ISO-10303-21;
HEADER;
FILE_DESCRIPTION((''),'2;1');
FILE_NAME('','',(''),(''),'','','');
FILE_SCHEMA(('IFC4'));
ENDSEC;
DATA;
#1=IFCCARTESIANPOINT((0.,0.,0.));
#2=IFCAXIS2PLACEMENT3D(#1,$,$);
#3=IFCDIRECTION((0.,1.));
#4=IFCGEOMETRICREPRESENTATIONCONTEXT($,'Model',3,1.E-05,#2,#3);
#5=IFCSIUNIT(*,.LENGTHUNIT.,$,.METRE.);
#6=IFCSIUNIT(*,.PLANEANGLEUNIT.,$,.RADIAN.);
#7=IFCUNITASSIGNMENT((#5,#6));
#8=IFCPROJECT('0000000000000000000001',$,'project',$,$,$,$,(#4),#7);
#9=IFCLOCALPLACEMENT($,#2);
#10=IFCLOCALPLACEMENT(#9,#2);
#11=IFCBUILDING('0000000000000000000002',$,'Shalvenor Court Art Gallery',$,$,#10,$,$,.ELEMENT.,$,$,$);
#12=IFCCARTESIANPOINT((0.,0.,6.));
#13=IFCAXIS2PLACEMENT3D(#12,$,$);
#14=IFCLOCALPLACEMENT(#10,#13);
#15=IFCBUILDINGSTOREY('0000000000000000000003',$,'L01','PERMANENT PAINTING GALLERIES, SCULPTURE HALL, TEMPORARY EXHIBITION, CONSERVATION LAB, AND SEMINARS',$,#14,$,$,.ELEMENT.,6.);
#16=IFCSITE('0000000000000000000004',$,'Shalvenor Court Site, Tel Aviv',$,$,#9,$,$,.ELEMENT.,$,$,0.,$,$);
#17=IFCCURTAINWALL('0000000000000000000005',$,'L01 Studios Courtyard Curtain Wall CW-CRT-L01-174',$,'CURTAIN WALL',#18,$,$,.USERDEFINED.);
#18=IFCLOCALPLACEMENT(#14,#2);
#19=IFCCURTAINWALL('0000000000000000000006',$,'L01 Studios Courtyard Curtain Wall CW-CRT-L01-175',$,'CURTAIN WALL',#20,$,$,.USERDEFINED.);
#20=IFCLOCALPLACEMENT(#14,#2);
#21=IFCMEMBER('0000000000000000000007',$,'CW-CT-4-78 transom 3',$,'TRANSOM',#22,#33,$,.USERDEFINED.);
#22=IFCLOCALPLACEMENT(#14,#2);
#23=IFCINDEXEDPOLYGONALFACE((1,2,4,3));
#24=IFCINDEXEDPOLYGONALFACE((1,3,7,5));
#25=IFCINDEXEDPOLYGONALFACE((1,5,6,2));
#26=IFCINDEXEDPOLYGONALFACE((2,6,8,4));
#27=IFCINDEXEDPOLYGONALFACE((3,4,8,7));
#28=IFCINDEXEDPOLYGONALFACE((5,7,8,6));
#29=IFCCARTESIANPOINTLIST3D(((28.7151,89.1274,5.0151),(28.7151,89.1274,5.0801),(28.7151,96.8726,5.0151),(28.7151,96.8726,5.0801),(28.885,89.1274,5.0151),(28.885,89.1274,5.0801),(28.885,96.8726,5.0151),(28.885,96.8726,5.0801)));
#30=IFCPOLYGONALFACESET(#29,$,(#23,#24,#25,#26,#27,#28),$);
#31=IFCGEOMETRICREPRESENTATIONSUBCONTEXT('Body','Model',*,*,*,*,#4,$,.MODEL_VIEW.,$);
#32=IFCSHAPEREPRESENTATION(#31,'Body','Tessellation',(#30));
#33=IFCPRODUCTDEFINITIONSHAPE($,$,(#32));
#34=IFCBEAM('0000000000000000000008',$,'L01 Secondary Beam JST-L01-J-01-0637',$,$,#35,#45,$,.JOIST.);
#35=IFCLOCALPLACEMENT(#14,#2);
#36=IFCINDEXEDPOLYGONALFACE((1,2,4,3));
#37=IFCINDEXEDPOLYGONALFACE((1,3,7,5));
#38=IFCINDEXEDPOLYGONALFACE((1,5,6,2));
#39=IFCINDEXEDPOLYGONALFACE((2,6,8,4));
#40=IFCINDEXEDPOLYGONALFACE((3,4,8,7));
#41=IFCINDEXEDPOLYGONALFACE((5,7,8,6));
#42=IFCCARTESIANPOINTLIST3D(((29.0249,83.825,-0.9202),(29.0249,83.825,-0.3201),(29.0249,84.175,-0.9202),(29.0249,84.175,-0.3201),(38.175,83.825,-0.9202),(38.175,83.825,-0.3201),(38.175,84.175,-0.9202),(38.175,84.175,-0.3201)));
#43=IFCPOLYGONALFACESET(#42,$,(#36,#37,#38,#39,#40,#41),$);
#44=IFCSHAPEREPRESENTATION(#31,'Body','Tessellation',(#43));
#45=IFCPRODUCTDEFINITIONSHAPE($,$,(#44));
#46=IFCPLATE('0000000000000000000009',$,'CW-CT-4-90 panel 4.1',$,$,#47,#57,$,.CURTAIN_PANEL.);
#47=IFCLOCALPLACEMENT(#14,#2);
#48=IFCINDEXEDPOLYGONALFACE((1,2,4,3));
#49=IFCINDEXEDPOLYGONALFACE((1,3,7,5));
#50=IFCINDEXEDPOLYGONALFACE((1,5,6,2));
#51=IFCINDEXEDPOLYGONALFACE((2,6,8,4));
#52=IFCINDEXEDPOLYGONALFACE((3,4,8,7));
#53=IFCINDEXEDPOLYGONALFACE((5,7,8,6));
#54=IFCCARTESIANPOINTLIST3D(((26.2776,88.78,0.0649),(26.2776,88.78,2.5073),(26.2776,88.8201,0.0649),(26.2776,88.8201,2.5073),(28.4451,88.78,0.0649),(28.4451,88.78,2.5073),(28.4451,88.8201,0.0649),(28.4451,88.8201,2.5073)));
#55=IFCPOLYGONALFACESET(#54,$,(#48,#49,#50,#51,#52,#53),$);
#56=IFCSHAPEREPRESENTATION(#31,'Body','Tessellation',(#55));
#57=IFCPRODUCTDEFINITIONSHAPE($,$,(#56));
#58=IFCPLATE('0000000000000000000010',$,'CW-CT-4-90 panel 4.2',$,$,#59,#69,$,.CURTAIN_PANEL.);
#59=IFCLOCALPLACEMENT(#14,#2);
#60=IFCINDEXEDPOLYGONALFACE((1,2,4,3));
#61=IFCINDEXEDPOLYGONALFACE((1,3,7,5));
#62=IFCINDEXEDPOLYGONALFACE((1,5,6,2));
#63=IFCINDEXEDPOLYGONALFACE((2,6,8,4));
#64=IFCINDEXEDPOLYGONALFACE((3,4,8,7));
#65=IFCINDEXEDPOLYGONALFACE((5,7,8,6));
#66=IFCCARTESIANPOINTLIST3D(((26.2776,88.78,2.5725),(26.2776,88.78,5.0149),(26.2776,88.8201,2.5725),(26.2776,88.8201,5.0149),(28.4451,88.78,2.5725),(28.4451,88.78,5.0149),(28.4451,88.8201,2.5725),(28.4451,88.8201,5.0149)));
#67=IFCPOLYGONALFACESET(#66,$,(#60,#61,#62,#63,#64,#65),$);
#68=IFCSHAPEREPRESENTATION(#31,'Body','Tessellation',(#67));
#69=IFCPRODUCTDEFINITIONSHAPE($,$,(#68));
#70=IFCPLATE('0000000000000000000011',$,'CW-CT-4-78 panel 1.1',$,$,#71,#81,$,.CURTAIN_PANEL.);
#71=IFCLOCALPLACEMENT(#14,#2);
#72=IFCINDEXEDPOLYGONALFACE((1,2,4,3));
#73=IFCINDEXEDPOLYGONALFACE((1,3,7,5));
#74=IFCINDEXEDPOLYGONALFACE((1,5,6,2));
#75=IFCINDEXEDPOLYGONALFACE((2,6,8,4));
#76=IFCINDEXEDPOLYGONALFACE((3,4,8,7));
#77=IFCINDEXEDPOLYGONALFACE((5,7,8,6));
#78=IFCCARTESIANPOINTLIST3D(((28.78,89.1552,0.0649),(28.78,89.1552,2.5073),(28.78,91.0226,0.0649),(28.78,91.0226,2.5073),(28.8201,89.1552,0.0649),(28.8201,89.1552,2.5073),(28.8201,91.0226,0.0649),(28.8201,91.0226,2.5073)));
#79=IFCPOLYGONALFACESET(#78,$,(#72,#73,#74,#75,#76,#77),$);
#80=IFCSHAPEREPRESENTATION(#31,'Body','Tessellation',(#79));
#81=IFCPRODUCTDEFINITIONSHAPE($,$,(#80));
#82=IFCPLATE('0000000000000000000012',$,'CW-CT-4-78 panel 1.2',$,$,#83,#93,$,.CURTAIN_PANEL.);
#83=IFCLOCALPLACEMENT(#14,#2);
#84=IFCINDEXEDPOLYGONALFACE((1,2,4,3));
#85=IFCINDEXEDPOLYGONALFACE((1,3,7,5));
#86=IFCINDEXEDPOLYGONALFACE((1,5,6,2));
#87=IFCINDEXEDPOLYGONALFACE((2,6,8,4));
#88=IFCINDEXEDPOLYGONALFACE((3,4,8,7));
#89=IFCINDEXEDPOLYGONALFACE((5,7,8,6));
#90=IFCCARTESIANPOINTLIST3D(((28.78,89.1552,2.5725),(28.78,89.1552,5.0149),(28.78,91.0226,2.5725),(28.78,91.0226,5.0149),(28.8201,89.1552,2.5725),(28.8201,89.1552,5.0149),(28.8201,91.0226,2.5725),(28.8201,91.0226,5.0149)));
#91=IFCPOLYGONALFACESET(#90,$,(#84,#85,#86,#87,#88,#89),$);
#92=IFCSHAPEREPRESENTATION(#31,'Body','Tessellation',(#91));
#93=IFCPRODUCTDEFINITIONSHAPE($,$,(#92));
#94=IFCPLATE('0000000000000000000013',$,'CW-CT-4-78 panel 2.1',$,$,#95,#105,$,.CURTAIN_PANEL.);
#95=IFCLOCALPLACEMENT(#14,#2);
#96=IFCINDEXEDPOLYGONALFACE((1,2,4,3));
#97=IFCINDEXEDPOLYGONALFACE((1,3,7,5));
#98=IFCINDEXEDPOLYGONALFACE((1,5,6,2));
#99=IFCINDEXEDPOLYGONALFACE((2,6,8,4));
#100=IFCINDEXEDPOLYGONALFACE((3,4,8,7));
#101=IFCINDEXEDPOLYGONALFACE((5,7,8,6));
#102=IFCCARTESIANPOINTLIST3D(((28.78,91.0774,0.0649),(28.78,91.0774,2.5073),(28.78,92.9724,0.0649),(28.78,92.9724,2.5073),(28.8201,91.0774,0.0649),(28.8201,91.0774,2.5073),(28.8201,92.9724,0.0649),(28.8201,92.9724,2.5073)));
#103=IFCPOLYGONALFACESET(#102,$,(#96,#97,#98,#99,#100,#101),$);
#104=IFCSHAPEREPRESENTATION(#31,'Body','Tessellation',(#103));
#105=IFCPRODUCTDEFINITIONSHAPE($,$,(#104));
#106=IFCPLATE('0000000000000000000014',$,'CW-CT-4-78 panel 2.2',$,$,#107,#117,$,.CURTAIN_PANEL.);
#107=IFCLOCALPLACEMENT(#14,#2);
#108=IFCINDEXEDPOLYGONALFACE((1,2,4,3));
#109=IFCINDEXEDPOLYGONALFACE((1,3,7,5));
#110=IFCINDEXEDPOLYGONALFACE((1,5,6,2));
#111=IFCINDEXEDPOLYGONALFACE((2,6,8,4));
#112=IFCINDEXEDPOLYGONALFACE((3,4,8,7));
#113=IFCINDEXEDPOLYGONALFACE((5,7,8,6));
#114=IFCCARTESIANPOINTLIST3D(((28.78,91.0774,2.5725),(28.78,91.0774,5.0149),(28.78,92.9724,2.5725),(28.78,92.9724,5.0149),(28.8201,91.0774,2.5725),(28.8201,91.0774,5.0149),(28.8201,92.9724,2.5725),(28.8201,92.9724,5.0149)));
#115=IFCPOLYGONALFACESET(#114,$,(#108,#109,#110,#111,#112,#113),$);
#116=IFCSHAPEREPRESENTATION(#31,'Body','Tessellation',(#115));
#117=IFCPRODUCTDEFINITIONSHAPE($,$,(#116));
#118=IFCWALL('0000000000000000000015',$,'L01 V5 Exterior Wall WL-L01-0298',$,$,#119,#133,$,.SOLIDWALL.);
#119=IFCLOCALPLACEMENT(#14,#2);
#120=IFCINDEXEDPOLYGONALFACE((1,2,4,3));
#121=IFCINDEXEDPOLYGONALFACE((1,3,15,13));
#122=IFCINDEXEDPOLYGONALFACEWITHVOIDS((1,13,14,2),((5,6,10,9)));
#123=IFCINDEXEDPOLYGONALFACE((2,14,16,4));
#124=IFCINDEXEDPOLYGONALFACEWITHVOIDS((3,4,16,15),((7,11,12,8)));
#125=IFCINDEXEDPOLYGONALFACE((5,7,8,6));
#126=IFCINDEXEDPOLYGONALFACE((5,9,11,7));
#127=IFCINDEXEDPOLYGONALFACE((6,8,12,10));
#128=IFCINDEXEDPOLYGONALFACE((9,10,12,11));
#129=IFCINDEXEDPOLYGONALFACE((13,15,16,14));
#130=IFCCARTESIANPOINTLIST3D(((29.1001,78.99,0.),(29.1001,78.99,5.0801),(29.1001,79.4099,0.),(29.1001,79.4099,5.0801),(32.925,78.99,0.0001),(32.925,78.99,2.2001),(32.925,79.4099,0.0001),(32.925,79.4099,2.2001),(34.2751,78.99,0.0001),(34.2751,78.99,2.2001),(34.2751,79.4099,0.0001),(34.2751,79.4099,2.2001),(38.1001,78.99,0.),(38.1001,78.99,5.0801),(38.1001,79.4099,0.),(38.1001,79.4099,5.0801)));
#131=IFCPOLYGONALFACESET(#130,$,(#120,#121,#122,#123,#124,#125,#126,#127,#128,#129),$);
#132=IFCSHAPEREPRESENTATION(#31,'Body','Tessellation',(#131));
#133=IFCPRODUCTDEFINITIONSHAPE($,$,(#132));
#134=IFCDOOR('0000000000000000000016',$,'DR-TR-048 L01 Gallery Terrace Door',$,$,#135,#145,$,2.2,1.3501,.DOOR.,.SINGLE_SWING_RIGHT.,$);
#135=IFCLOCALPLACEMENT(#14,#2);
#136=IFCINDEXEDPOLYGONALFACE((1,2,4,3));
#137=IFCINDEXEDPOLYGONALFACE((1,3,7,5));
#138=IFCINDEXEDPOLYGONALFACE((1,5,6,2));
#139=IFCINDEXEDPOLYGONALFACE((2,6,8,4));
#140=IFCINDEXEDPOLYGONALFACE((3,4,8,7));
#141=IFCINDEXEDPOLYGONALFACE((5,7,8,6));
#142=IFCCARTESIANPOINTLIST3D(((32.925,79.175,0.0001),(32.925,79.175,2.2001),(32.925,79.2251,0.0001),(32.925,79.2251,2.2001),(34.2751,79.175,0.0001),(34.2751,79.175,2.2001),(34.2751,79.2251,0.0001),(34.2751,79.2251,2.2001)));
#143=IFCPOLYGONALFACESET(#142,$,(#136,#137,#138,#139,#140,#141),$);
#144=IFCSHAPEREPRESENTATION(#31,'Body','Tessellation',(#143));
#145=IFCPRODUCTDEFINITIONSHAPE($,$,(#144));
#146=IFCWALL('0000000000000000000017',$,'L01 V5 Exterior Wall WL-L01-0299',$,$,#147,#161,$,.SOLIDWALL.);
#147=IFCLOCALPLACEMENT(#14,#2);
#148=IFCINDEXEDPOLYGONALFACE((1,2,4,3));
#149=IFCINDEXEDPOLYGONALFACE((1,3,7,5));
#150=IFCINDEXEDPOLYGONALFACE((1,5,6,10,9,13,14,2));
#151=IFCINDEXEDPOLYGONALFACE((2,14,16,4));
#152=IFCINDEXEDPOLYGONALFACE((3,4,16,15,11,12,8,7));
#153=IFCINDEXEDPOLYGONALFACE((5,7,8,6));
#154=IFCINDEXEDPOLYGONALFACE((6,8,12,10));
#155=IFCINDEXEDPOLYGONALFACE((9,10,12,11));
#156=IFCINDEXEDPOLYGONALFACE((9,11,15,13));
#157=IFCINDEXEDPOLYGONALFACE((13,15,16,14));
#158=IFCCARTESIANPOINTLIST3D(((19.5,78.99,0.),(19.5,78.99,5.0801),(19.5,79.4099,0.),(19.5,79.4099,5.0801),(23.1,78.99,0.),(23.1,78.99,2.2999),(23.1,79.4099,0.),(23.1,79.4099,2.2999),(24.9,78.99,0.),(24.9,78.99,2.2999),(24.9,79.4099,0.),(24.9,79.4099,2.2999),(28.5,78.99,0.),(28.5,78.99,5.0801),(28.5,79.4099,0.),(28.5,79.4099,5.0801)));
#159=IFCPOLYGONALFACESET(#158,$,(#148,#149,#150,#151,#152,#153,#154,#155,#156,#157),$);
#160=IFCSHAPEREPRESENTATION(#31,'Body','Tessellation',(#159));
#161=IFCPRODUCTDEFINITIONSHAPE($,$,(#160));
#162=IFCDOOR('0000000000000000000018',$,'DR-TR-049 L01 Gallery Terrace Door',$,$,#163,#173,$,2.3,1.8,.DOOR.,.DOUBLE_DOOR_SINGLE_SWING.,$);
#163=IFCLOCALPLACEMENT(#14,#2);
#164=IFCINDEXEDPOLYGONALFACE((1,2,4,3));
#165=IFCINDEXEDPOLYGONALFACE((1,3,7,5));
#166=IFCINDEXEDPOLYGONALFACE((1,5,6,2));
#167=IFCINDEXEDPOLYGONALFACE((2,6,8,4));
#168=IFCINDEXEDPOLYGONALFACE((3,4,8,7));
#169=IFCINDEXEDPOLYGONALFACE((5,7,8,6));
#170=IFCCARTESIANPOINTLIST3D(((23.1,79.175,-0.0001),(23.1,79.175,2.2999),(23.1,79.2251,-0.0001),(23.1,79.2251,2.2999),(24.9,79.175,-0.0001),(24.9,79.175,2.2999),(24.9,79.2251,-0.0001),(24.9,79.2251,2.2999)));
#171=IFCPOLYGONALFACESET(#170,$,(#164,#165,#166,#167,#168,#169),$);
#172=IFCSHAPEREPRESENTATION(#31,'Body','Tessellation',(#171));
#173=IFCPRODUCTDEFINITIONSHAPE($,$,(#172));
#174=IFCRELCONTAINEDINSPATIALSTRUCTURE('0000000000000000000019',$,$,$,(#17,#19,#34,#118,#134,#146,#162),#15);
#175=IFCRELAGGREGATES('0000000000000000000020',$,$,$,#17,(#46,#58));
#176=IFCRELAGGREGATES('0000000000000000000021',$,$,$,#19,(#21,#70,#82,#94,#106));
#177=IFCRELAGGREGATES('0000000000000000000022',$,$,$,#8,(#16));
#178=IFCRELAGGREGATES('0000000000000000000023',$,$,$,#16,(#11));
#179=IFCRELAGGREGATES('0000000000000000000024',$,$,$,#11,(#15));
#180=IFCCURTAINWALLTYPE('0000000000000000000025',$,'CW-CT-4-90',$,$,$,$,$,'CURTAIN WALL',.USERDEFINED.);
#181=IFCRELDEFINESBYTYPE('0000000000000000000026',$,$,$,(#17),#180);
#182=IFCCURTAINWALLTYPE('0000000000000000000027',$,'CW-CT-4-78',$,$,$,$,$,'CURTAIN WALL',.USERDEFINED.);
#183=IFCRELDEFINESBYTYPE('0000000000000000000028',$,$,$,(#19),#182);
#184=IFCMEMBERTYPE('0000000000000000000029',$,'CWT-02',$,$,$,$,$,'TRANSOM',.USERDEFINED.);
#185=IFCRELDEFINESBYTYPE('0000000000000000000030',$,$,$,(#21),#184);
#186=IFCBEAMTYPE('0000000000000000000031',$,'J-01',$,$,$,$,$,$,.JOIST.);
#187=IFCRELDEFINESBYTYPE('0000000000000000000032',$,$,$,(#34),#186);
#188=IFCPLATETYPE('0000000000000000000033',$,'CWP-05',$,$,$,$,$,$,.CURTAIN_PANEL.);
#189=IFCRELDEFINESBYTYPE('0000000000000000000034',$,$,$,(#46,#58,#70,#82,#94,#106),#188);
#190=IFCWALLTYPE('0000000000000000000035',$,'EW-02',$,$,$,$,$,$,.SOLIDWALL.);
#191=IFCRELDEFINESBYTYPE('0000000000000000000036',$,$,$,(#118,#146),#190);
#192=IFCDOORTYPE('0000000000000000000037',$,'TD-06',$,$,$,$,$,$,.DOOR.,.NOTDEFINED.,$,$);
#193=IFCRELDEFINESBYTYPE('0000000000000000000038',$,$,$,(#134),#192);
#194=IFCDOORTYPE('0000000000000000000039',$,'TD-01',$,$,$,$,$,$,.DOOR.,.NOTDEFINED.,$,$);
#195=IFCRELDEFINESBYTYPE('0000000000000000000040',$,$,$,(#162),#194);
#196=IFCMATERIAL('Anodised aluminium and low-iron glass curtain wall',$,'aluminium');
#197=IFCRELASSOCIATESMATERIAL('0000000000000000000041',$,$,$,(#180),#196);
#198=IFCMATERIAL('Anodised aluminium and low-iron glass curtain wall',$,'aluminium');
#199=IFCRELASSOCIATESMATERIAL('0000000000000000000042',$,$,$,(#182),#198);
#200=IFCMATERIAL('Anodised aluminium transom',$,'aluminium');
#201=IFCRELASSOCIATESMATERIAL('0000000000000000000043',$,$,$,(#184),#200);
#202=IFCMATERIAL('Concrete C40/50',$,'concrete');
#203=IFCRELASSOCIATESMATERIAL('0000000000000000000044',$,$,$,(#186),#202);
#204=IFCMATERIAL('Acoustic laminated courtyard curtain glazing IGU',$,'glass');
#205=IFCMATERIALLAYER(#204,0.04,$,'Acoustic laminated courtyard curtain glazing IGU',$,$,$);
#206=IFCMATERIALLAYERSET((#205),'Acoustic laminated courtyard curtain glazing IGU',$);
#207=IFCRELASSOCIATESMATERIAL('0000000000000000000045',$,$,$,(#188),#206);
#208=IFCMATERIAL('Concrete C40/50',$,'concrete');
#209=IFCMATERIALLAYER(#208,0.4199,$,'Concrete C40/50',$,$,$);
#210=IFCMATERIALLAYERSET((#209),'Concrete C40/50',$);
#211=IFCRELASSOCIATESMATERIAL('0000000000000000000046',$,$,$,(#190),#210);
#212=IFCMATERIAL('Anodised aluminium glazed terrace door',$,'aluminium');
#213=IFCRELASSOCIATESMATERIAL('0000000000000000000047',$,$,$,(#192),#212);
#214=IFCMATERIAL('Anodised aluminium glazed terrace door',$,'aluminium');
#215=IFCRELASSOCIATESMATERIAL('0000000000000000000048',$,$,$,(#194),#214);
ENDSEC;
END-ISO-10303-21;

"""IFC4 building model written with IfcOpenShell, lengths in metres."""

from ifc_helpers import new_model, si_unit, direction, frame, frame_2d, origin, origin_2d, place, context, subcontext, project, spatial, rectangle, extrude, material, layer, layer_set, material_profile, profile_set, type_object, element, fill, aggregate, save


model = new_model("IFC4")

# Units and contexts
model_context = context("Model", 3, precision=1e-05, world=origin(), true_north=direction((0.0, 1.0)))
body_context = subcontext(model_context, "Body", "Model", "MODEL_VIEW")
ifc_project = project(units=[si_unit("LENGTHUNIT", "METRE"), si_unit("PLANEANGLEUNIT", "RADIAN")], contexts=[model_context])

# Site, building, storey
site_placement = place(None, origin())
site = spatial("IfcSite", under=ifc_project, at=site_placement, Name="Shalvenor Court Site, Tel Aviv", CompositionType="ELEMENT", RefElevation=0.0)
building_placement = place(site_placement, origin())
building = spatial("IfcBuilding", under=site, at=building_placement, Name="Shalvenor Court Art Gallery", CompositionType="ELEMENT")
storey_placement = place(building_placement, frame((0.0, 0.0, 6.0)))
storey = spatial("IfcBuildingStorey", under=building, at=storey_placement, Name="L01", Description="PERMANENT PAINTING GALLERIES, SCULPTURE HALL, TEMPORARY EXHIBITION, CONSERVATION LAB, AND SEMINARS", CompositionType="ELEMENT", Elevation=6.0)

# Curtain walls, member
ifc_material_1 = material(Name="Anodised aluminium and low-iron glass curtain wall", Category="aluminium")
curtain_wall_type_1 = type_object("IfcCurtainWallType", Name="CW-CT-4-90", ElementType="CURTAIN WALL", PredefinedType="USERDEFINED", material=ifc_material_1)
curtain_wall_1_placement = place(storey_placement, origin())
curtain_wall_1 = element("IfcCurtainWall", 1, at=curtain_wall_1_placement, inside=storey, type_object=curtain_wall_type_1, Name="L01 Studios Courtyard Curtain Wall CW-CRT-L01-174", ObjectType="CURTAIN WALL", PredefinedType="USERDEFINED")
ifc_material_2 = material(Name="Anodised aluminium and low-iron glass curtain wall", Category="aluminium")
curtain_wall_type_2 = type_object("IfcCurtainWallType", Name="CW-CT-4-78", ElementType="CURTAIN WALL", PredefinedType="USERDEFINED", material=ifc_material_2)
curtain_wall_2_placement = place(storey_placement, origin())
curtain_wall_2 = element("IfcCurtainWall", 2, at=curtain_wall_2_placement, inside=storey, type_object=curtain_wall_type_2, Name="L01 Studios Courtyard Curtain Wall CW-CRT-L01-175", ObjectType="CURTAIN WALL", PredefinedType="USERDEFINED")
ifc_material_3 = material(Name="Anodised aluminium transom", Category="aluminium")
ifc_material_profile_1 = material_profile(ifc_material_3, rectangle(XDim=0.1699, YDim=0.0649, at=origin_2d()), Name="CWT-02")
ifc_profile_set_1 = profile_set([ifc_material_profile_1], Name="Anodised aluminium transom")
member_type_1 = type_object("IfcMemberType", Name="CWT-02", ElementType="TRANSOM", PredefinedType="USERDEFINED", material=ifc_profile_set_1)
member_1_placement = place(storey_placement, frame((28.8, 89.1274, 5.0476), z_axis=(0.0, 1.0, 0.0), x_axis=(-1.0, 0.0, 0.0)))
member_1 = element("IfcMember", 3, at=member_1_placement, type_object=member_type_1, Name="CW-CT-4-78 transom 3", ObjectType="TRANSOM", PredefinedType="USERDEFINED", context=body_context, shape_type="SweptSolid", body=[
    extrude(rectangle(XDim=0.1699, YDim=0.0649, at=origin_2d()), origin(), (0.0, 0.0, 1.0), 7.7451),
])

# Beam
ifc_material_4 = material(Name="Concrete C40/50", Category="concrete")
ifc_material_profile_2 = material_profile(ifc_material_4, rectangle(XDim=0.3501, YDim=0.6001, at=origin_2d()), Name="RC 350x600")
ifc_profile_set_2 = profile_set([ifc_material_profile_2], Name="Concrete C40/50")
beam_type_1 = type_object("IfcBeamType", Name="J-01", PredefinedType="JOIST", material=ifc_profile_set_2)
beam_1_placement = place(storey_placement, frame((29.0249, 84.0, -0.6201), z_axis=(1.0, 0.0, 0.0), x_axis=(0.0, 1.0, 0.0)))
element("IfcBeam", 4, at=beam_1_placement, inside=storey, type_object=beam_type_1, Name="L01 Secondary Beam JST-L01-J-01-0637", PredefinedType="JOIST", context=body_context, shape_type="SweptSolid", body=[
    extrude(rectangle(XDim=0.3501, YDim=0.6001, at=origin_2d()), origin(), (0.0, 0.0, 1.0), 9.1501),
])

# Plates
ifc_material_5 = material(Name="Acoustic laminated courtyard curtain glazing IGU", Category="glass")
ifc_layer_1 = layer(ifc_material_5, 0.04, Name="Acoustic laminated courtyard curtain glazing IGU")
ifc_layer_set_1 = layer_set([ifc_layer_1], Name="Acoustic laminated courtyard curtain glazing IGU")
plate_type = type_object("IfcPlateType", Name="CWP-05", PredefinedType="CURTAIN_PANEL", material=ifc_layer_set_1)
plate_1_placement = place(storey_placement, frame((27.3613, 88.8, 0.0649), z_axis=(0.0, 0.0, 1.0), x_axis=(1.0, 0.0, 0.0)))
plate_1 = element("IfcPlate", 5, at=plate_1_placement, type_object=plate_type, Name="CW-CT-4-90 panel 4.1", PredefinedType="CURTAIN_PANEL", context=body_context, shape_type="SweptSolid", body=[
    extrude(rectangle(XDim=2.1675, YDim=0.04, at=origin_2d()), origin(), (0.0, 0.0, 1.0), 2.4424),
])
plate_2_placement = place(storey_placement, frame((27.3613, 88.8, 2.5725), z_axis=(0.0, 0.0, 1.0), x_axis=(1.0, 0.0, 0.0)))
plate_2 = element("IfcPlate", 6, at=plate_2_placement, type_object=plate_type, Name="CW-CT-4-90 panel 4.2", PredefinedType="CURTAIN_PANEL", context=body_context, shape_type="SweptSolid", body=[
    extrude(rectangle(XDim=2.1675, YDim=0.04, at=origin_2d()), origin(), (0.0, 0.0, 1.0), 2.4424),
])
aggregate(curtain_wall_1, [plate_1, plate_2])
plate_3_placement = place(storey_placement, frame((28.8, 90.0889, 0.0649), z_axis=(0.0, 0.0, 1.0), x_axis=(0.0, 1.0, 0.0)))
plate_3 = element("IfcPlate", 7, at=plate_3_placement, type_object=plate_type, Name="CW-CT-4-78 panel 1.1", PredefinedType="CURTAIN_PANEL", context=body_context, shape_type="SweptSolid", body=[
    extrude(rectangle(XDim=1.8674, YDim=0.04, at=origin_2d()), origin(), (0.0, 0.0, 1.0), 2.4424),
])
plate_4_placement = place(storey_placement, frame((28.8, 90.0889, 2.5725), z_axis=(0.0, 0.0, 1.0), x_axis=(0.0, 1.0, 0.0)))
plate_4 = element("IfcPlate", 8, at=plate_4_placement, type_object=plate_type, Name="CW-CT-4-78 panel 1.2", PredefinedType="CURTAIN_PANEL", context=body_context, shape_type="SweptSolid", body=[
    extrude(rectangle(XDim=1.8674, YDim=0.04, at=origin_2d()), origin(), (0.0, 0.0, 1.0), 2.4424),
])
plate_5_placement = place(storey_placement, frame((28.8, 92.0249, 0.0649), z_axis=(0.0, 0.0, 1.0), x_axis=(0.0, 1.0, 0.0)))
plate_5 = element("IfcPlate", 9, at=plate_5_placement, type_object=plate_type, Name="CW-CT-4-78 panel 2.1", PredefinedType="CURTAIN_PANEL", context=body_context, shape_type="SweptSolid", body=[
    extrude(rectangle(XDim=1.895, YDim=0.04, at=origin_2d()), origin(), (0.0, 0.0, 1.0), 2.4424),
])
plate_6_placement = place(storey_placement, frame((28.8, 92.0249, 2.5725), z_axis=(0.0, 0.0, 1.0), x_axis=(0.0, 1.0, 0.0)))
plate_6 = element("IfcPlate", 10, at=plate_6_placement, type_object=plate_type, Name="CW-CT-4-78 panel 2.2", PredefinedType="CURTAIN_PANEL", context=body_context, shape_type="SweptSolid", body=[
    extrude(rectangle(XDim=1.895, YDim=0.04, at=origin_2d()), origin(), (0.0, 0.0, 1.0), 2.4424),
])
aggregate(curtain_wall_2, [member_1, plate_3, plate_4, plate_5, plate_6])

# Walls, openings, doors
ifc_material_6 = material(Name="Concrete C40/50", Category="concrete")
ifc_layer_2 = layer(ifc_material_6, 0.4199, Name="Concrete C40/50")
ifc_layer_set_2 = layer_set([ifc_layer_2], Name="Concrete C40/50")
wall_type_1 = type_object("IfcWallType", Name="EW-02", PredefinedType="SOLIDWALL", material=ifc_layer_set_2)
wall_1_placement = place(storey_placement, frame((38.1001, 79.2, 0.0), z_axis=(0.0, 0.0, 1.0), x_axis=(-1.0, 0.0, 0.0)))
wall_1 = element("IfcWall", 11, at=wall_1_placement, inside=storey, type_object=wall_type_1, Name="L01 V5 Exterior Wall WL-L01-0298", PredefinedType="SOLIDWALL", context=body_context, shape_type="SweptSolid", body=[
    extrude(rectangle(XDim=9.0, YDim=0.4199, at=frame_2d((4.5, 0.0))), origin(), (0.0, 0.0, 1.0), 5.0801),
])
opening_1_placement = place(wall_1_placement, frame((3.825, 0.0, 0.0)))
opening_1 = element("IfcOpeningElement", 12, at=opening_1_placement, cuts=wall_1, PredefinedType="OPENING", context=body_context, shape_type="SweptSolid", body=[
    extrude(rectangle(XDim=1.3501, YDim=2.2, at=frame_2d((0.675, 1.1001))), frame((0.0, 0.22, 0.0), z_axis=(0.0, -1.0, 0.0), x_axis=(1.0, 0.0, 0.0)), (0.0, 0.0, 1.0), 0.4399),
])
ifc_material_7 = material(Name="Anodised aluminium glazed terrace door", Category="aluminium")
door_type_1 = type_object("IfcDoorType", Name="TD-06", OperationType="NOTDEFINED", PredefinedType="DOOR", material=ifc_material_7)
door_1_placement = place(opening_1_placement, origin())
door_1 = element("IfcDoor", 13, at=door_1_placement, inside=storey, type_object=door_type_1, Name="DR-TR-048 L01 Gallery Terrace Door", OperationType="SINGLE_SWING_RIGHT", OverallHeight=2.2, OverallWidth=1.3501, PredefinedType="DOOR", context=body_context, shape_type="SweptSolid", body=[
    extrude(rectangle(XDim=1.3501, YDim=2.2, at=frame_2d((0.675, 1.1001))), frame((0.0, 0.0249, 0.0), z_axis=(0.0, -1.0, 0.0), x_axis=(1.0, 0.0, 0.0)), (0.0, 0.0, 1.0), 0.05),
])
fill(opening_1, door_1)
wall_2_placement = place(storey_placement, frame((28.5, 79.2, 0.0), z_axis=(0.0, 0.0, 1.0), x_axis=(-1.0, 0.0, 0.0)))
wall_2 = element("IfcWall", 14, at=wall_2_placement, inside=storey, type_object=wall_type_1, Name="L01 V5 Exterior Wall WL-L01-0299", PredefinedType="SOLIDWALL", context=body_context, shape_type="SweptSolid", body=[
    extrude(rectangle(XDim=9.0, YDim=0.4199, at=frame_2d((4.5, 0.0))), origin(), (0.0, 0.0, 1.0), 5.0801),
])
opening_2_placement = place(wall_2_placement, frame((3.6001, 0.0, 0.0)))
opening_2 = element("IfcOpeningElement", 15, at=opening_2_placement, cuts=wall_2, PredefinedType="OPENING", context=body_context, shape_type="SweptSolid", body=[
    extrude(rectangle(XDim=1.8, YDim=2.3, at=frame_2d((0.8999, 1.1499))), frame((0.0, 0.22, 0.0), z_axis=(0.0, -1.0, 0.0), x_axis=(1.0, 0.0, 0.0)), (0.0, 0.0, 1.0), 0.4399),
])
ifc_material_8 = material(Name="Anodised aluminium glazed terrace door", Category="aluminium")
door_type_2 = type_object("IfcDoorType", Name="TD-01", OperationType="NOTDEFINED", PredefinedType="DOOR", material=ifc_material_8)
door_2_placement = place(opening_2_placement, origin())
door_2 = element("IfcDoor", 16, at=door_2_placement, inside=storey, type_object=door_type_2, Name="DR-TR-049 L01 Gallery Terrace Door", OperationType="DOUBLE_DOOR_SINGLE_SWING", OverallHeight=2.3, OverallWidth=1.8, PredefinedType="DOOR", context=body_context, shape_type="SweptSolid", body=[
    extrude(rectangle(XDim=1.8, YDim=2.3, at=frame_2d((0.8999, 1.1499))), frame((0.0, 0.0249, 0.0), z_axis=(0.0, -1.0, 0.0), x_axis=(1.0, 0.0, 0.0)), (0.0, 0.0, 1.0), 0.05),
])
fill(opening_2, door_2)

save(model, "model.ifc")
